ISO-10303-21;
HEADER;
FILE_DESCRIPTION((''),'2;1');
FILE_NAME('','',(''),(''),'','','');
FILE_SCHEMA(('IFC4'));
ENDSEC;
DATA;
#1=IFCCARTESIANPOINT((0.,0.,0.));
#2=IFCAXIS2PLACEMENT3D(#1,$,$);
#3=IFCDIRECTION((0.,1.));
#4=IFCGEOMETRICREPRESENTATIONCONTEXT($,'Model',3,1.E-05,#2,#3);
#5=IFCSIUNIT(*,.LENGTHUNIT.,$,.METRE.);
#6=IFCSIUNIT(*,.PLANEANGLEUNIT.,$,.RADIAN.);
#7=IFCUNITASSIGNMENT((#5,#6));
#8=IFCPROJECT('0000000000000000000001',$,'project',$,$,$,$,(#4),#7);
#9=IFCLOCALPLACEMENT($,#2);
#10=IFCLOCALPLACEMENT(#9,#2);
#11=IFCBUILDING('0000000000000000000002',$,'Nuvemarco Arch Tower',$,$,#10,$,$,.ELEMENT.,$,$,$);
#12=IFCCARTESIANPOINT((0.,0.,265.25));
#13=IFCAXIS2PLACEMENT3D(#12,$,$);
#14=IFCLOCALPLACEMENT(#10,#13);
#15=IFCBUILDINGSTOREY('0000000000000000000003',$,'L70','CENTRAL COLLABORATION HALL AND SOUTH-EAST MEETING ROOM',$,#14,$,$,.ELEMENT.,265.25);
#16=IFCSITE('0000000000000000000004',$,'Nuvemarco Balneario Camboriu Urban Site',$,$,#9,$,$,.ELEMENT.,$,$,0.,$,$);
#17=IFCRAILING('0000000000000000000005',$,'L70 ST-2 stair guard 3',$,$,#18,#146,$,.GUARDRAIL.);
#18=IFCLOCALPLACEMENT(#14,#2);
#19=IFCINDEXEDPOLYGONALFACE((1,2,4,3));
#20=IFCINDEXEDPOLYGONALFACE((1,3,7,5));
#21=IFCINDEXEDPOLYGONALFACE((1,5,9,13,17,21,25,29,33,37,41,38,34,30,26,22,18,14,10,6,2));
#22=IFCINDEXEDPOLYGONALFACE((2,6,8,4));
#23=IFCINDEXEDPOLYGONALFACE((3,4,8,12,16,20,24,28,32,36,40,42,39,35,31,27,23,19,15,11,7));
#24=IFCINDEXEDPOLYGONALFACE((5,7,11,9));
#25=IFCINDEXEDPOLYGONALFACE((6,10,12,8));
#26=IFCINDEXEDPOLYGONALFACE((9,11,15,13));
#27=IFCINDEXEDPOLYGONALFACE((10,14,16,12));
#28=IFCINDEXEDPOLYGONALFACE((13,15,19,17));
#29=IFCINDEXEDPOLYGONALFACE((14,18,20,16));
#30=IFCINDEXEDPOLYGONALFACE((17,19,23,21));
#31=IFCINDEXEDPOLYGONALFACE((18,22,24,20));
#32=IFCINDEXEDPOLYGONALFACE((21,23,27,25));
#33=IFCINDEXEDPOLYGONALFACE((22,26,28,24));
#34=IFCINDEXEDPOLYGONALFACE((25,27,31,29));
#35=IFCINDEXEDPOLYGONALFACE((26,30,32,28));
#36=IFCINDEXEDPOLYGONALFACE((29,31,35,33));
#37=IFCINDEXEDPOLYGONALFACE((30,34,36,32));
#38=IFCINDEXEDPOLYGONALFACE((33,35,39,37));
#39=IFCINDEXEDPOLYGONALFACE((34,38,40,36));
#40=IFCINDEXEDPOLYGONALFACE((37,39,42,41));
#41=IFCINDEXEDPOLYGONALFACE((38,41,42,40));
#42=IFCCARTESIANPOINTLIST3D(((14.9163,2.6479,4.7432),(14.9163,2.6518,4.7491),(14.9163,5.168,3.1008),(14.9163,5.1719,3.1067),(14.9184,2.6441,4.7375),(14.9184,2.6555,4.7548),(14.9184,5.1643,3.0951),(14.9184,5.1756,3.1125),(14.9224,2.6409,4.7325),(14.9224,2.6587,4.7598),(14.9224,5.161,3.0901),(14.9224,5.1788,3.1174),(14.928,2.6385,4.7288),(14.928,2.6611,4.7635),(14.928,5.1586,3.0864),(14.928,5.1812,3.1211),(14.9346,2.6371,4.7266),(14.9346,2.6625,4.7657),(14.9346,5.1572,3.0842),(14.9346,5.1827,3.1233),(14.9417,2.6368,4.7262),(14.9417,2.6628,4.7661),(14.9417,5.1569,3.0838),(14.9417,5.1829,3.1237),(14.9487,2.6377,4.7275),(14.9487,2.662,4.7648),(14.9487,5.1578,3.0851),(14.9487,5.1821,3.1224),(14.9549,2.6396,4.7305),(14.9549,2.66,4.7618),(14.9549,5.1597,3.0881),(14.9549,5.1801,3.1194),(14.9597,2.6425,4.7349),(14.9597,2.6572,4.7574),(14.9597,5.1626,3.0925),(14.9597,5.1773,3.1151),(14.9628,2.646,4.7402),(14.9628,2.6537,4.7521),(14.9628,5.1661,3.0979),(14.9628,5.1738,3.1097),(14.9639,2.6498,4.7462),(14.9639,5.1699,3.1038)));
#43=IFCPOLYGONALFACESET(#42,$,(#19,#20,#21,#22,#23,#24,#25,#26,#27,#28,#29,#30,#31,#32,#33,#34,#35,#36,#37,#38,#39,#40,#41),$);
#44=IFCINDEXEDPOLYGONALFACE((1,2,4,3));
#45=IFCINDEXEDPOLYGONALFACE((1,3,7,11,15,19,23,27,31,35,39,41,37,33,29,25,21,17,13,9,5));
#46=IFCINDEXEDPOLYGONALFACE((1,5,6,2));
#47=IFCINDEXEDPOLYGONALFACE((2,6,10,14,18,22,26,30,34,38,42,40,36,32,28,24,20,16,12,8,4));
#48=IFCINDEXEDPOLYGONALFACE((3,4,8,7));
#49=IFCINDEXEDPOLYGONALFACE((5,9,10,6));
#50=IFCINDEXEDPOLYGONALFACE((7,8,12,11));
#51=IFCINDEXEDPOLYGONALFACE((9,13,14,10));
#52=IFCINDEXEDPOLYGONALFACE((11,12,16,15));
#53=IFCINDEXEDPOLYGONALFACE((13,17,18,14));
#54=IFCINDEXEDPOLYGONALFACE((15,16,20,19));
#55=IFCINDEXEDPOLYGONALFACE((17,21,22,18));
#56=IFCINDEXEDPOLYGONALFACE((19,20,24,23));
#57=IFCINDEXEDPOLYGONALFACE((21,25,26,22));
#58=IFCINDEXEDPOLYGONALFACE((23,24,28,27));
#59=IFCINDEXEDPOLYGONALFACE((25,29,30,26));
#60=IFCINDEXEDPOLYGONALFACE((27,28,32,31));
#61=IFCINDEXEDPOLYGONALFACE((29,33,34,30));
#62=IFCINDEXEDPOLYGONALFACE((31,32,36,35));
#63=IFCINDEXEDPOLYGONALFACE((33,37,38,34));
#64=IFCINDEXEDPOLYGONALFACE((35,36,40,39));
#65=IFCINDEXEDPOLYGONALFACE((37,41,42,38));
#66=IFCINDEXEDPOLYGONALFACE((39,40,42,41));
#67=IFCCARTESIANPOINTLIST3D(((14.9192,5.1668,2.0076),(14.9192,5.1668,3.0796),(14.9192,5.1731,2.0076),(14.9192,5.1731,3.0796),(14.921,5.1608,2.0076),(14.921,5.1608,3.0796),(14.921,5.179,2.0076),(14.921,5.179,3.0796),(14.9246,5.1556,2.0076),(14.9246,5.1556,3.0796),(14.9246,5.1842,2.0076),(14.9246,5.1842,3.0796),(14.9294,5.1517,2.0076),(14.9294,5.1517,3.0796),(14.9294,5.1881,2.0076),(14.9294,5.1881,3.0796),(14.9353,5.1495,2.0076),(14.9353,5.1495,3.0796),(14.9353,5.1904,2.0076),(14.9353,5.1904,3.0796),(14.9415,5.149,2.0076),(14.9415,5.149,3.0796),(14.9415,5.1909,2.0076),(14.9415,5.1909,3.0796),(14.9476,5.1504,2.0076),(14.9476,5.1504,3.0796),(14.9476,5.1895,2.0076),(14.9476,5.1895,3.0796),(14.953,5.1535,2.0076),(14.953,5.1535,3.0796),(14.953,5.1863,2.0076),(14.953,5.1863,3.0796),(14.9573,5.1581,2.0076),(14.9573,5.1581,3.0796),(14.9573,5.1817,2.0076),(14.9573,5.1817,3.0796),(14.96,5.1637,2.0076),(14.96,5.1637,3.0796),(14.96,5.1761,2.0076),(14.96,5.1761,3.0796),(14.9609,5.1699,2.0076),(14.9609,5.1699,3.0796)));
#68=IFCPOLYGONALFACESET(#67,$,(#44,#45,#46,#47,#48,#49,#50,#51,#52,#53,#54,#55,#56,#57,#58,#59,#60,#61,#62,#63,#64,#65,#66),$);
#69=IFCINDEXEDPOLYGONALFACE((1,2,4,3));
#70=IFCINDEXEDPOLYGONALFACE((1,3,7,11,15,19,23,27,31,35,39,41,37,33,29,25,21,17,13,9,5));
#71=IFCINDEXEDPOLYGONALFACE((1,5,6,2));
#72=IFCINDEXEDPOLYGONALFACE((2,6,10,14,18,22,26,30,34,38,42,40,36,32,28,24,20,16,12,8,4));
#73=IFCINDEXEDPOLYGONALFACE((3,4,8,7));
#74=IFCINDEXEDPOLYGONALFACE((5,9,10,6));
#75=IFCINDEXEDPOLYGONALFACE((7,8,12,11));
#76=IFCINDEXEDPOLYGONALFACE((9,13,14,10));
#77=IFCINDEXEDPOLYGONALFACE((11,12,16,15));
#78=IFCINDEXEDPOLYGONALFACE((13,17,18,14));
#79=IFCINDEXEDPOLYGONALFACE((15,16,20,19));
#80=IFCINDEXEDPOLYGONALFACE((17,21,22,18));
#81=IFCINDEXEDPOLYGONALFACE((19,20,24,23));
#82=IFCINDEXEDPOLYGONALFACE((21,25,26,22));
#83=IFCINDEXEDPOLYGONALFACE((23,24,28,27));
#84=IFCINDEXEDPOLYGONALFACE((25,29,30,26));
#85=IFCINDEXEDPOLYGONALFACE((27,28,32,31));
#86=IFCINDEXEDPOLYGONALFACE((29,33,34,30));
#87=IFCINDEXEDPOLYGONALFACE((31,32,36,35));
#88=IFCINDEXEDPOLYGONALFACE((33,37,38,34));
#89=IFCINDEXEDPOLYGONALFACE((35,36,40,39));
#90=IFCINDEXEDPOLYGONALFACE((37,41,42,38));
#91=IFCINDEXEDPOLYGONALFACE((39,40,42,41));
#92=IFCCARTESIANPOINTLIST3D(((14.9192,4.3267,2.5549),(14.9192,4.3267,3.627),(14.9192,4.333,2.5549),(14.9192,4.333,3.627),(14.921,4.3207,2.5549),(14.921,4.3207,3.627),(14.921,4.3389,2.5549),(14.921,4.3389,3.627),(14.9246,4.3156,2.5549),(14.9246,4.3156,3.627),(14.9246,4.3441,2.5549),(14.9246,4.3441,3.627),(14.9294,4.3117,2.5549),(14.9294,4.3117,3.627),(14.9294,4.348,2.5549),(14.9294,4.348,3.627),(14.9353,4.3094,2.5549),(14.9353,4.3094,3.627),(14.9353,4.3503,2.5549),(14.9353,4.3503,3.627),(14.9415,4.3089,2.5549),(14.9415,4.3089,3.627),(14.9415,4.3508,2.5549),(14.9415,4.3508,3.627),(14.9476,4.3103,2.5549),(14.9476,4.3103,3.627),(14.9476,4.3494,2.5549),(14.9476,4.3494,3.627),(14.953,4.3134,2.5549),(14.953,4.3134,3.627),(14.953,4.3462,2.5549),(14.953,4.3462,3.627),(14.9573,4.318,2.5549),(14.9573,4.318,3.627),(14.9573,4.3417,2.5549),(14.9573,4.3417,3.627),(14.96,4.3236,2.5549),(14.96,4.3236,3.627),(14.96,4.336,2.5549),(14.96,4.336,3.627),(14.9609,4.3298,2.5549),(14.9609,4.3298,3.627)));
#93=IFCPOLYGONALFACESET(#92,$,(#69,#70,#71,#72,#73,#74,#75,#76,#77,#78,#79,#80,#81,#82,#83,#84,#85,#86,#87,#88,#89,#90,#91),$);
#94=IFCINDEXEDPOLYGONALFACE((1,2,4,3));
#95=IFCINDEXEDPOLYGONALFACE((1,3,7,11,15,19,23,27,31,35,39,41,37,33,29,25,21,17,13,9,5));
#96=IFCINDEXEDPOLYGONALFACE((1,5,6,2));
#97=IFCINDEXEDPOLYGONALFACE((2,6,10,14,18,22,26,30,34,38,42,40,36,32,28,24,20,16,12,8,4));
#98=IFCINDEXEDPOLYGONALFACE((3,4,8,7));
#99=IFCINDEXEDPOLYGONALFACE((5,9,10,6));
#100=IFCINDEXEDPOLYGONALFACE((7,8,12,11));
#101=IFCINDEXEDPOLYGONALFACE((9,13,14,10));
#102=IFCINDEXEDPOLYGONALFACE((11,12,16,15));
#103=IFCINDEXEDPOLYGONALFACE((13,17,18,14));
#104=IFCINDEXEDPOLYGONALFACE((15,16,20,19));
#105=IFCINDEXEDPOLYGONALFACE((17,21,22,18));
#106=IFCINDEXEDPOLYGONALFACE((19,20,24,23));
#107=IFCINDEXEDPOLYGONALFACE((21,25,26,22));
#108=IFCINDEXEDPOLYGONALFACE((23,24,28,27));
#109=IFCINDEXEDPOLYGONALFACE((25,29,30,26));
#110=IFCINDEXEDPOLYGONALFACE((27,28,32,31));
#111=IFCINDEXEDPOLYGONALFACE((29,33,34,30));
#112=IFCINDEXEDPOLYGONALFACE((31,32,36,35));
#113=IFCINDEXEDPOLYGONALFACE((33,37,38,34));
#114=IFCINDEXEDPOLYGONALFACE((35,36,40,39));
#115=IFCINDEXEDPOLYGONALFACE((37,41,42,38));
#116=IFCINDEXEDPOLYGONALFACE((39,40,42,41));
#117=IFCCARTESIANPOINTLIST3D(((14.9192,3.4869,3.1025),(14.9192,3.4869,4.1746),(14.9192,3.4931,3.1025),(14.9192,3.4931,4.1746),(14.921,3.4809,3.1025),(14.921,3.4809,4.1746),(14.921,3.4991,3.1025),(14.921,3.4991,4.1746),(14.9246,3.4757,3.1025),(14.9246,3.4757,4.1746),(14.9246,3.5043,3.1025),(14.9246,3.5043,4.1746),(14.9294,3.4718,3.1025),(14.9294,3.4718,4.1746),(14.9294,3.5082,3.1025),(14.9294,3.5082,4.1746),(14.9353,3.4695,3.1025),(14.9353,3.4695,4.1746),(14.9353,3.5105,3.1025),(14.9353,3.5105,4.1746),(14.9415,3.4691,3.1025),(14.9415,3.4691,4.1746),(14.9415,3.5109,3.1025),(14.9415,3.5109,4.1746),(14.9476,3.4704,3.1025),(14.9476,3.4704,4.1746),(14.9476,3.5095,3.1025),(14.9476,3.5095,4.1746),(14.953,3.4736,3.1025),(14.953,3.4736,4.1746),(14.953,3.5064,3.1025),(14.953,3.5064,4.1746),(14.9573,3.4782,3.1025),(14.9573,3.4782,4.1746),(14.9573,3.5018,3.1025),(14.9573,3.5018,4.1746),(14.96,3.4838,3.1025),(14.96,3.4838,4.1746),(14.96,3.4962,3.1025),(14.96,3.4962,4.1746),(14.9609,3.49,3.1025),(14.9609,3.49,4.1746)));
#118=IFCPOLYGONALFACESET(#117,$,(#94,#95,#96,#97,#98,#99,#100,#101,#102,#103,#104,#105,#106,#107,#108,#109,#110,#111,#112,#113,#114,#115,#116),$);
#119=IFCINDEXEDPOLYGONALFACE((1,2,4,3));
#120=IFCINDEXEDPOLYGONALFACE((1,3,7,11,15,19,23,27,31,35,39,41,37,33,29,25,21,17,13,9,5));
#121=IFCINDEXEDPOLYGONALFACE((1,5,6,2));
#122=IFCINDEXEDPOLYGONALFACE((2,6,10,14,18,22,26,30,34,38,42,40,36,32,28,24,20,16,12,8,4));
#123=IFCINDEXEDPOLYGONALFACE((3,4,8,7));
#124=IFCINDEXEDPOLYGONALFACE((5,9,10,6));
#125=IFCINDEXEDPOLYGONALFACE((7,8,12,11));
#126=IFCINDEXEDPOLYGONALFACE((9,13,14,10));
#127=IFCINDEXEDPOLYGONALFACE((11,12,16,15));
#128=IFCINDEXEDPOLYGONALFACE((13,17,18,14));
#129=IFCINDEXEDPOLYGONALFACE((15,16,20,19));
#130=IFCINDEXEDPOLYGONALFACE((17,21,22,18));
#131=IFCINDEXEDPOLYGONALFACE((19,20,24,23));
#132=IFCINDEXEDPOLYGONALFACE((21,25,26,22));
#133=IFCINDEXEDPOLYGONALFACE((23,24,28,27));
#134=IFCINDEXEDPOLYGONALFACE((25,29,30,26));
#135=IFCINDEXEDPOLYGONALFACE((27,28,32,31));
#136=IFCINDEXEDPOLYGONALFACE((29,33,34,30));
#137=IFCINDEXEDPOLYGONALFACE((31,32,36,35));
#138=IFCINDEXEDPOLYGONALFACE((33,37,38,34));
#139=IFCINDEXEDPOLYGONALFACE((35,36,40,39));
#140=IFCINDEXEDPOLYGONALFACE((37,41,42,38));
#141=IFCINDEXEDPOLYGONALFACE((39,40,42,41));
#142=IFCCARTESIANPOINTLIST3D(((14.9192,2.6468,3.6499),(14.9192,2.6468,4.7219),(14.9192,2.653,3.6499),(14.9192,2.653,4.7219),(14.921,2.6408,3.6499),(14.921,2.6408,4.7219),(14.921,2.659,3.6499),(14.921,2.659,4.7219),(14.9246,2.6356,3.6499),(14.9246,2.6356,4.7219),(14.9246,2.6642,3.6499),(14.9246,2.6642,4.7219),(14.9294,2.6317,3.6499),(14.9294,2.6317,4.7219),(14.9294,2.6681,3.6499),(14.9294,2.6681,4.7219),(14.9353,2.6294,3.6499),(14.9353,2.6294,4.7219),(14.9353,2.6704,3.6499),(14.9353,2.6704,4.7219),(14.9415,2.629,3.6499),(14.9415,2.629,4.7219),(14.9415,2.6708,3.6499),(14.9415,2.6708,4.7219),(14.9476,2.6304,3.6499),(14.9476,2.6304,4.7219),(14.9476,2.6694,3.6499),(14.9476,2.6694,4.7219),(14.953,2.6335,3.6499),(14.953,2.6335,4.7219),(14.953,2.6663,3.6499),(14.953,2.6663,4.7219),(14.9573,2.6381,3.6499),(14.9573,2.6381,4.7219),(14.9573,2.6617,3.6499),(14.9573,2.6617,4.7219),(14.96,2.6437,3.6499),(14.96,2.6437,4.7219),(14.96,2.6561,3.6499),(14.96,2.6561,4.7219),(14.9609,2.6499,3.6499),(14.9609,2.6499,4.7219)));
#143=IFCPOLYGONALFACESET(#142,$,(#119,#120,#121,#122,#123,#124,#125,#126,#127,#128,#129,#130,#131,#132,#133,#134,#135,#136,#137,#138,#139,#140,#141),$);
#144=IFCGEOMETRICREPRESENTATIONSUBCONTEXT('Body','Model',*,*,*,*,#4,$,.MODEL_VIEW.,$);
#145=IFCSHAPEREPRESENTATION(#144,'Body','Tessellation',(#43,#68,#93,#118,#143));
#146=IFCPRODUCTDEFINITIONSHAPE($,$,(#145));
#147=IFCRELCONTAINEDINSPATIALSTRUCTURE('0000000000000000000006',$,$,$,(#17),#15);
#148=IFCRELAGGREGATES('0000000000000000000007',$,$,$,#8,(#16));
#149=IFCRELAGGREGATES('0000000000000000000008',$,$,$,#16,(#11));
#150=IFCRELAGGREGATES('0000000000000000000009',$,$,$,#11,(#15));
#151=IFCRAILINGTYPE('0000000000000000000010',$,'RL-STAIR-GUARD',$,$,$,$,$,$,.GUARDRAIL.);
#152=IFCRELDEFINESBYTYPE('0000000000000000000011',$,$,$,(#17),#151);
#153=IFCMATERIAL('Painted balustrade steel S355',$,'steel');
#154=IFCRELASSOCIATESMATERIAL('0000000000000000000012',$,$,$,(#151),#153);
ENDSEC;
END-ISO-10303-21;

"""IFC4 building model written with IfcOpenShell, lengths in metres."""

from ifc_helpers import new_model, si_unit, direction, frame, origin, origin_2d, place, context, subcontext, project, spatial, circle, extrude, material, type_object, element, save


model = new_model("IFC4")

# Units and contexts
model_context = context("Model", 3, precision=1e-05, world=origin(), true_north=direction((0.0, 1.0)))
body_context = subcontext(model_context, "Body", "Model", "MODEL_VIEW")
ifc_project = project(units=[si_unit("LENGTHUNIT", "METRE"), si_unit("PLANEANGLEUNIT", "RADIAN")], contexts=[model_context])

# Site, building, storey
site_placement = place(None, origin())
site = spatial("IfcSite", under=ifc_project, at=site_placement, Name="Nuvemarco Balneario Camboriu Urban Site", CompositionType="ELEMENT", RefElevation=0.0)
building_placement = place(site_placement, origin())
building = spatial("IfcBuilding", under=site, at=building_placement, Name="Nuvemarco Arch Tower", CompositionType="ELEMENT")
storey_placement = place(building_placement, frame((0.0, 0.0, 265.25)))
storey = spatial("IfcBuildingStorey", under=building, at=storey_placement, Name="L70", Description="CENTRAL COLLABORATION HALL AND SOUTH-EAST MEETING ROOM", CompositionType="ELEMENT", Elevation=265.25)

# Railing
ifc_material_1 = material(Name="Painted balustrade steel S355", Category="steel")
railing_type_1 = type_object("IfcRailingType", Name="RL-STAIR-GUARD", PredefinedType="GUARDRAIL", material=ifc_material_1)
railing_1_placement = place(storey_placement, frame((14.9399, 5.1699, 2.0076)))
element("IfcRailing", 1, at=railing_1_placement, inside=storey, type_object=railing_type_1, Name="L70 ST-2 stair guard 3", PredefinedType="GUARDRAIL", context=body_context, shape_type="SweptSolid", body=[
    extrude(circle(Radius=0.0239, at=origin_2d()), frame((0.0, 0.0, 1.0962), z_axis=(0.0, -0.837787, 0.545998), x_axis=(1.0, 0.0, 0.0)), (0.0, 0.0, 1.0), 3.0081),
    extrude(circle(Radius=0.021, at=origin_2d()), origin(), (0.0, 0.0, 1.0), 1.072),
    extrude(circle(Radius=0.021, at=origin_2d()), frame((0.0, -0.8401, 0.5474)), (0.0, 0.0, 1.0), 1.072),
    extrude(circle(Radius=0.021, at=origin_2d()), frame((0.0, -1.6799, 1.095)), (0.0, 0.0, 1.0), 1.072),
    extrude(circle(Radius=0.021, at=origin_2d()), frame((0.0, -2.52, 1.6423)), (0.0, 0.0, 1.0), 1.072),
])

save(model, "model.ifc")
